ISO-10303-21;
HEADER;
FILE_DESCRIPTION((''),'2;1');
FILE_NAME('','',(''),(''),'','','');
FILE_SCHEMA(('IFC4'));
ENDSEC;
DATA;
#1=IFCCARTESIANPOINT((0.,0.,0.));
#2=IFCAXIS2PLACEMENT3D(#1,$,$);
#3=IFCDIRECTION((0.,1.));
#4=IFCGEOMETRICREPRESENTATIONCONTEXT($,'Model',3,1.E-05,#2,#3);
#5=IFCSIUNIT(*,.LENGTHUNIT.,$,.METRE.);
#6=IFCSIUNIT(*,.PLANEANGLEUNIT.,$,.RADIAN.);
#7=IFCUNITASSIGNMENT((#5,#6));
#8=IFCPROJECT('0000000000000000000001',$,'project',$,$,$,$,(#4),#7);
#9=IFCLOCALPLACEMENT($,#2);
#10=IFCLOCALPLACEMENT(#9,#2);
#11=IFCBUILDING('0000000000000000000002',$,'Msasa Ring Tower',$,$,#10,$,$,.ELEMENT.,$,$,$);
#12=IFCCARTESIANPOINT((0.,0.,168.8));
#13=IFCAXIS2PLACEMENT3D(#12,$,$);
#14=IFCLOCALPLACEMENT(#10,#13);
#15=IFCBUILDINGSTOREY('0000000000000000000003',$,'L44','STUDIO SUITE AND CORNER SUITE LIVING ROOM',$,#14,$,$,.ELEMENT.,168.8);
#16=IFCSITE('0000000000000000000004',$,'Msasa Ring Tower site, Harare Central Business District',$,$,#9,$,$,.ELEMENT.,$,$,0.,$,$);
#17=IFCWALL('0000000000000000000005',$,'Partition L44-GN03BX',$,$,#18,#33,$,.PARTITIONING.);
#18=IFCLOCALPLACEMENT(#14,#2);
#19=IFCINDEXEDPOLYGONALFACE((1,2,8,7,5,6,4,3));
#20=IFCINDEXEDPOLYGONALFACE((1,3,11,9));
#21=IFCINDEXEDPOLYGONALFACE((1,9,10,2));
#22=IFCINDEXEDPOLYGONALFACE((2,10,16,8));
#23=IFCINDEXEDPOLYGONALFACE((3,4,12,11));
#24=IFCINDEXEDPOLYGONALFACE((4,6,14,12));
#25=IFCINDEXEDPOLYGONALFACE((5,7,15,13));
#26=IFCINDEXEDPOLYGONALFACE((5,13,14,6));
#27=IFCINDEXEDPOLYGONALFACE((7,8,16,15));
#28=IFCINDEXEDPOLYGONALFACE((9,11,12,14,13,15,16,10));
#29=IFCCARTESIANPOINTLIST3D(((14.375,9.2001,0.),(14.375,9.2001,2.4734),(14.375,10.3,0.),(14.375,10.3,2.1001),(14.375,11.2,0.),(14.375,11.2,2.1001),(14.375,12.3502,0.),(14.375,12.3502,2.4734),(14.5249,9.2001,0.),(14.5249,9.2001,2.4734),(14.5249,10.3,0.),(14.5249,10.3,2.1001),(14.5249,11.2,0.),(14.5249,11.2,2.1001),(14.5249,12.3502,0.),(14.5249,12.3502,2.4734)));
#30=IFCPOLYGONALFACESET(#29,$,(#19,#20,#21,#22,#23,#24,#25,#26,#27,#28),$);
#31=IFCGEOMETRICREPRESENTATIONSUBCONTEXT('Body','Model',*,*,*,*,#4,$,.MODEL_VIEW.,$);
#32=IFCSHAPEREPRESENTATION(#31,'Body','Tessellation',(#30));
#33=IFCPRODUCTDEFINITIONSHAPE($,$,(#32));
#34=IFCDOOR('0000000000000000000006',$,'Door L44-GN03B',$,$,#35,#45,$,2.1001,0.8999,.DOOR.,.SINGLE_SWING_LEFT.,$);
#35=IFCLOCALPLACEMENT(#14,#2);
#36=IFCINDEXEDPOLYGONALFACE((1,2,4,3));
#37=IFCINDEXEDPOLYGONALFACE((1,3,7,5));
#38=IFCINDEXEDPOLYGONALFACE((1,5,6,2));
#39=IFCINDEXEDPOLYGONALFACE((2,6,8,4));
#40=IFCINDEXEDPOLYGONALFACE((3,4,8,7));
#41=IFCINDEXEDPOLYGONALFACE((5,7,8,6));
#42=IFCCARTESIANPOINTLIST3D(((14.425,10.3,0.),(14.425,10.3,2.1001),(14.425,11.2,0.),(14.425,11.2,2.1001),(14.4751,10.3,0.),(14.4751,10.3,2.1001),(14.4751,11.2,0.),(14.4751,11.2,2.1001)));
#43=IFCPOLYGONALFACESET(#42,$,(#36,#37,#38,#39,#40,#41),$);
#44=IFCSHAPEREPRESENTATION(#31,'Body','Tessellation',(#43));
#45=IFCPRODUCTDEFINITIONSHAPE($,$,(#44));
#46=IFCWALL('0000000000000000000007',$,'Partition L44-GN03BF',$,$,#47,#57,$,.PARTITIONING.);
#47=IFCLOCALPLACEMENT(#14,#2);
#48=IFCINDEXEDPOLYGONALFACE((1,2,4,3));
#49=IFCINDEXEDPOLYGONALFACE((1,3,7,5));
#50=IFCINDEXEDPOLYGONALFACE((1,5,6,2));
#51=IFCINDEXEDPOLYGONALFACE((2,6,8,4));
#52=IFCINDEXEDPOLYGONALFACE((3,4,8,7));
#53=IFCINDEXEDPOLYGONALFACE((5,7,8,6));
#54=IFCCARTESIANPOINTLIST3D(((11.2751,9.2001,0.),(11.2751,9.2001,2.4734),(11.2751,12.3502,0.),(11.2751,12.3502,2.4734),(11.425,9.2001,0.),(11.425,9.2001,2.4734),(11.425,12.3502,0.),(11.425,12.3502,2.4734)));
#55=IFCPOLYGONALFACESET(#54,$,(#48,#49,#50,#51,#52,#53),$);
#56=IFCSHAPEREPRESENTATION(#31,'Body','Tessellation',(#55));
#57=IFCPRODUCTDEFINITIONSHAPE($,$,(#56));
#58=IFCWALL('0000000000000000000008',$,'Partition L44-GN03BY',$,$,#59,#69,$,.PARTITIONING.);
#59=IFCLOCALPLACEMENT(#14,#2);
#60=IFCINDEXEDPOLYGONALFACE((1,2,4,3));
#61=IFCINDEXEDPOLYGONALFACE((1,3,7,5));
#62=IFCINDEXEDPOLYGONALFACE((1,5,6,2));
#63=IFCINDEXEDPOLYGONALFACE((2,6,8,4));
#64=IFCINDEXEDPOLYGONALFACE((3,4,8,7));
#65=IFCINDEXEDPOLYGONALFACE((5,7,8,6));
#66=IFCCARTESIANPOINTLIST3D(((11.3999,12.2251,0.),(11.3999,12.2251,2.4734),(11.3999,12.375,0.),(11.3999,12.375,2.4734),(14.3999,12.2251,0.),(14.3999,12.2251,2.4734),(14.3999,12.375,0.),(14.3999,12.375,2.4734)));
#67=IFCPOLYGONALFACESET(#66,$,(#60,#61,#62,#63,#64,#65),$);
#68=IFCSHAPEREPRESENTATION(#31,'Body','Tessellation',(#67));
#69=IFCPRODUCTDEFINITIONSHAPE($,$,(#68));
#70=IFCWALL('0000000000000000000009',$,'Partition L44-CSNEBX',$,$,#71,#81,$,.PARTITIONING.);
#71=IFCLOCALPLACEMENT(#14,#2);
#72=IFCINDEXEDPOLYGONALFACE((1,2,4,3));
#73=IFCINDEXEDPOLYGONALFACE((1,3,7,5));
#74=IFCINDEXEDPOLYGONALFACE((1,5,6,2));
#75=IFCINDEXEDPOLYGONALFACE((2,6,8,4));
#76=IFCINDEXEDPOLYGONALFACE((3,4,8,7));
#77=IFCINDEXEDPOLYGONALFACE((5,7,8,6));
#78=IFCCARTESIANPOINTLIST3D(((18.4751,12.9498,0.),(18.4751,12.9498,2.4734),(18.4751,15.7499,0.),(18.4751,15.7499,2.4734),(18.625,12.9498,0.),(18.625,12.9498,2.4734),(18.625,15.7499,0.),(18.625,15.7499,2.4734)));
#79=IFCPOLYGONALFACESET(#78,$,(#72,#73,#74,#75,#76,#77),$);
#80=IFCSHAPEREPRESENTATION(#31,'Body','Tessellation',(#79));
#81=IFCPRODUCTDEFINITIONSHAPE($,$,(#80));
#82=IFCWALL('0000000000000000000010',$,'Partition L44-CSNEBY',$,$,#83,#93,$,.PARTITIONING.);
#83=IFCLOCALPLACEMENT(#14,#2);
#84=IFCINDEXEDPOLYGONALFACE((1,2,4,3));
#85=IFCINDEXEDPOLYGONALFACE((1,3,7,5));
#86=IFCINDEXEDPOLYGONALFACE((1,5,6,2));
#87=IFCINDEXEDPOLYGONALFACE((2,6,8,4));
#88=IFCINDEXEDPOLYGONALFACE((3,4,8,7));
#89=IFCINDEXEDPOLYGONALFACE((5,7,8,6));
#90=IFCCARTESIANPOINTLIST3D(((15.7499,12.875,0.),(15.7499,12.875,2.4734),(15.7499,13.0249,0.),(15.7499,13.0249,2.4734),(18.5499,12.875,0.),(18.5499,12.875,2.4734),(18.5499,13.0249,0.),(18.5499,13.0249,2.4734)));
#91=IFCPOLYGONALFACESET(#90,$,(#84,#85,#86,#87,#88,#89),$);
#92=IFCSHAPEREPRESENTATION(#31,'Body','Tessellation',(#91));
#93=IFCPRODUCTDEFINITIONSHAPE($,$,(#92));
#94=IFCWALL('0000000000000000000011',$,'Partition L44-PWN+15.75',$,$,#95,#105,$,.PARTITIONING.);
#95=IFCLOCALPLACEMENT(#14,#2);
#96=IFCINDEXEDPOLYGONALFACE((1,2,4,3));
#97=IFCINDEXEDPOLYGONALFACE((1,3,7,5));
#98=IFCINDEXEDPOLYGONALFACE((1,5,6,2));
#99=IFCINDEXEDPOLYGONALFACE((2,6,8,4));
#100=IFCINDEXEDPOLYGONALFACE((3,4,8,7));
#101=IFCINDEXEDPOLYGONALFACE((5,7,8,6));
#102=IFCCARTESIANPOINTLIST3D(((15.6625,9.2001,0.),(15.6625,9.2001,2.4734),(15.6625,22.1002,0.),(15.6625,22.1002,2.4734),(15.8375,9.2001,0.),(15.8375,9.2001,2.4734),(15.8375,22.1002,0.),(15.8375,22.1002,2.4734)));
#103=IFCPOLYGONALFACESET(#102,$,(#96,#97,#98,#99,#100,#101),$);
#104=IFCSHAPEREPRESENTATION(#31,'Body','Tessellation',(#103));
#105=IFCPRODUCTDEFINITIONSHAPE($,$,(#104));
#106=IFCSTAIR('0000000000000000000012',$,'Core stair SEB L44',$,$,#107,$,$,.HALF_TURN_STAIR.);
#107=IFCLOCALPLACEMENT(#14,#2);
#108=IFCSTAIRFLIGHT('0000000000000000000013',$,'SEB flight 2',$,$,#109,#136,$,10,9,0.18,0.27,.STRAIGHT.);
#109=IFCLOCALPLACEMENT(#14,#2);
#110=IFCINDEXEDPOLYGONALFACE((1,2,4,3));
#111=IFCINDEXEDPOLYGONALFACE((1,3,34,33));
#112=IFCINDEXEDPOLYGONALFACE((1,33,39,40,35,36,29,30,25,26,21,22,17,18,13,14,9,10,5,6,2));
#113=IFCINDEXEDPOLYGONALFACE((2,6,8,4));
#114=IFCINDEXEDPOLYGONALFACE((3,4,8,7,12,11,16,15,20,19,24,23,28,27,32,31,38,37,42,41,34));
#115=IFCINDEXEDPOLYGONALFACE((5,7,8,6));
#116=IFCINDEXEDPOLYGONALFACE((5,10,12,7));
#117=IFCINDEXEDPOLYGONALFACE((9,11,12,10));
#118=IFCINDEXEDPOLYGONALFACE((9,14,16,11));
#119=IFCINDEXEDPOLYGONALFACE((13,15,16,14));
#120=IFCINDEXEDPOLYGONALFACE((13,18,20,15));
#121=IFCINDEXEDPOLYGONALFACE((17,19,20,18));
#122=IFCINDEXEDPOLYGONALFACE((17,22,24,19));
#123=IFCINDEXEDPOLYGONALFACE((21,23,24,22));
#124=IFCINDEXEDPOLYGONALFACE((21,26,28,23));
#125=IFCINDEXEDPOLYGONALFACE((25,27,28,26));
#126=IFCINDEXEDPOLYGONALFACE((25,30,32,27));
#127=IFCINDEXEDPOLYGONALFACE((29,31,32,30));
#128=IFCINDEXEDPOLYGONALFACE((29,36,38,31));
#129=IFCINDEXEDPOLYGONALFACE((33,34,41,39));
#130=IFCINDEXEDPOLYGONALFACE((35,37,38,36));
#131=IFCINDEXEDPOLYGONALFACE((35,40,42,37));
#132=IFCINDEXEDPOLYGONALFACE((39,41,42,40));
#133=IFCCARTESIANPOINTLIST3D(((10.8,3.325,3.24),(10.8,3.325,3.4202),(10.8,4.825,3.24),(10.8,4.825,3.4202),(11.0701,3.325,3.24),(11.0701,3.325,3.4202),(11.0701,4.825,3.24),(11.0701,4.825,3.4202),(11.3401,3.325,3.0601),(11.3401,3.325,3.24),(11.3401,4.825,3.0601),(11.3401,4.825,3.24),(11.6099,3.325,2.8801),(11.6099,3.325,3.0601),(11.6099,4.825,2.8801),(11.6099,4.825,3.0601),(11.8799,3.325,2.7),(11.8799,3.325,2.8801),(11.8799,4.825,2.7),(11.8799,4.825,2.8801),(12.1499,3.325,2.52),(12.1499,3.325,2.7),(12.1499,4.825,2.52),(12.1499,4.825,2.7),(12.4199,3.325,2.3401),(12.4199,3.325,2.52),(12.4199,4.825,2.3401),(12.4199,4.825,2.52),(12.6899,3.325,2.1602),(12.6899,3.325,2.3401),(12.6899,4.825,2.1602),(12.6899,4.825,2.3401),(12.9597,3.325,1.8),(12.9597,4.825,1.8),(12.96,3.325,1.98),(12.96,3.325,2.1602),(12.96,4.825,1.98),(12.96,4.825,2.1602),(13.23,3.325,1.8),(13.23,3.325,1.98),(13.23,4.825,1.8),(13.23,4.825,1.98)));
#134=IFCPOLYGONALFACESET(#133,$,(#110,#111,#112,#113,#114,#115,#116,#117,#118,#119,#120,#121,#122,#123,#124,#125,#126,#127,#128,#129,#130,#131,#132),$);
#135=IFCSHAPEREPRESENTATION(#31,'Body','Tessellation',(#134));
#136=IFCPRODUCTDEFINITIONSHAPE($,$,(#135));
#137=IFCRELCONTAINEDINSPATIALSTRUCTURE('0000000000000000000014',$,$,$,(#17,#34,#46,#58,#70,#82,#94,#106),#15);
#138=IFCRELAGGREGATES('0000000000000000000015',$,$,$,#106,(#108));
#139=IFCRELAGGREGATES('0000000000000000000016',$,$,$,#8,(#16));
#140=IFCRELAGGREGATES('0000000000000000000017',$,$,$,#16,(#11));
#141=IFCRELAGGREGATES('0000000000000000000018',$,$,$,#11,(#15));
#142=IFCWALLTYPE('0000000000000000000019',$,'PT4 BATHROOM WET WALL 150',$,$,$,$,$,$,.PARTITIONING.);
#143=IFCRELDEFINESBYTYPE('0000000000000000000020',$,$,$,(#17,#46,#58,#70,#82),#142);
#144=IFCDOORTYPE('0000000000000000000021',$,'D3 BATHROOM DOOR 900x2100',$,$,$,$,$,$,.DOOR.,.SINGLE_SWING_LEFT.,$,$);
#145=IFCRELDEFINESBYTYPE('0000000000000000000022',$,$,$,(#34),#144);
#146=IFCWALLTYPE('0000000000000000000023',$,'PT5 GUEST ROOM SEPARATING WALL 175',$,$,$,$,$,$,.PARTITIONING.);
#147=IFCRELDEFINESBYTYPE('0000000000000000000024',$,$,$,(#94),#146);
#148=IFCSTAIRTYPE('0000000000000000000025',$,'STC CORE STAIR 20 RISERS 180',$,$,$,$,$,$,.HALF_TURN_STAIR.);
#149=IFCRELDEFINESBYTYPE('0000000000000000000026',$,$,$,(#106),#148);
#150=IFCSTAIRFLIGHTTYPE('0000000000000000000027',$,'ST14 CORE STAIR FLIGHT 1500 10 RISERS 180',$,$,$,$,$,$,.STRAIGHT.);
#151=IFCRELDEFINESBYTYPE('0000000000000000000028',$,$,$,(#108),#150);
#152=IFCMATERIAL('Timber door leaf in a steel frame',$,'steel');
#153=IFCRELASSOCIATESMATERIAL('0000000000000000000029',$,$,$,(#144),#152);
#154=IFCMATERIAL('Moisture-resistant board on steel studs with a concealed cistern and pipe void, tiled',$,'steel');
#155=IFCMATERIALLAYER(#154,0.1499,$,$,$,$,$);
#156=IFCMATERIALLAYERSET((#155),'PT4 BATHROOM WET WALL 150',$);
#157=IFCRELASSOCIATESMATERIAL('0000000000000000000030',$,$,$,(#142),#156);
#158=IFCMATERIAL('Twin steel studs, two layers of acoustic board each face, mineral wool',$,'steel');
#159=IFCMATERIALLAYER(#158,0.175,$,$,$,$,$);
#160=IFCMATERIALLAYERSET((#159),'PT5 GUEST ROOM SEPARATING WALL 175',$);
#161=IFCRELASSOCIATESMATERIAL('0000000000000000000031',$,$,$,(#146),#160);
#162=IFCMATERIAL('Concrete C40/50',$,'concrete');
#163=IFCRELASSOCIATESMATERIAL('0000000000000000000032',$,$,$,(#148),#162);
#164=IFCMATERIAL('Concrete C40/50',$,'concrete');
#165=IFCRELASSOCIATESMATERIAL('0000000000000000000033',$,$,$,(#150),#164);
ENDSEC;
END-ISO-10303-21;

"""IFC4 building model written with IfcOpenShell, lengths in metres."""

from ifc_helpers import new_model, si_unit, direction, frame, frame_2d, origin, place, context, subcontext, project, spatial, polyline, rectangle, outline, extrude, material, layer, layer_set, type_object, element, fill, aggregate, save


model = new_model("IFC4")

# Units and contexts
model_context = context("Model", 3, precision=1e-05, world=origin(), true_north=direction((0.0, 1.0)))
body_context = subcontext(model_context, "Body", "Model", "MODEL_VIEW")
ifc_project = project(units=[si_unit("LENGTHUNIT", "METRE"), si_unit("PLANEANGLEUNIT", "RADIAN")], contexts=[model_context])

# Site, building, storey
site_placement = place(None, origin())
site = spatial("IfcSite", under=ifc_project, at=site_placement, Name="Msasa Ring Tower site, Harare Central Business District", CompositionType="ELEMENT", RefElevation=0.0)
building_placement = place(site_placement, origin())
building = spatial("IfcBuilding", under=site, at=building_placement, Name="Msasa Ring Tower", CompositionType="ELEMENT")
storey_placement = place(building_placement, frame((0.0, 0.0, 168.8)))
storey = spatial("IfcBuildingStorey", under=building, at=storey_placement, Name="L44", Description="STUDIO SUITE AND CORNER SUITE LIVING ROOM", CompositionType="ELEMENT", Elevation=168.8)

# Shared definitions
ifc_material_1 = material(Name="Timber door leaf in a steel frame", Category="steel")
door_type_1 = type_object("IfcDoorType", Name="D3 BATHROOM DOOR 900x2100", OperationType="SINGLE_SWING_LEFT", PredefinedType="DOOR", material=ifc_material_1)

# Wall, opening, door
ifc_material_2 = material(Name="Moisture-resistant board on steel studs with a concealed cistern and pipe void, tiled", Category="steel")
ifc_layer_1 = layer(ifc_material_2, 0.1499)
ifc_layer_set_1 = layer_set([ifc_layer_1], Name="PT4 BATHROOM WET WALL 150")
wall_type_1 = type_object("IfcWallType", Name="PT4 BATHROOM WET WALL 150", PredefinedType="PARTITIONING", material=ifc_layer_set_1)
wall_1_placement = place(storey_placement, frame((14.45, 9.2, 0.0), z_axis=(0.0, 0.0, 1.0), x_axis=(0.0, 1.0, 0.0)))
wall_1 = element("IfcWall", 1, at=wall_1_placement, inside=storey, type_object=wall_type_1, Name="Partition L44-GN03BX", PredefinedType="PARTITIONING", context=body_context, shape_type="SweptSolid", body=[
    extrude(rectangle(XDim=3.1501, YDim=0.1499, at=frame_2d((1.5752, 0.0))), origin(), (0.0, 0.0, 1.0), 2.4734),
])
opening_1_placement = place(wall_1_placement, frame((1.1001, 0.0, 0.0)))
opening_1 = element("IfcOpeningElement", 2, at=opening_1_placement, cuts=wall_1, PredefinedType="OPENING", context=body_context, shape_type="SweptSolid", body=[
    extrude(rectangle(XDim=0.8999, YDim=2.1001, at=frame_2d((0.45, 1.05))), frame((0.0, 0.085, 0.0), z_axis=(0.0, -1.0, 0.0), x_axis=(1.0, 0.0, 0.0)), (0.0, 0.0, 1.0), 0.1699),
])
door_1_placement = place(opening_1_placement, origin())
door_1 = element("IfcDoor", 3, at=door_1_placement, inside=storey, type_object=door_type_1, Name="Door L44-GN03B", OperationType="SINGLE_SWING_LEFT", OverallHeight=2.1001, OverallWidth=0.8999, PredefinedType="DOOR", context=body_context, shape_type="SweptSolid", body=[
    extrude(rectangle(XDim=0.8999, YDim=2.1001, at=frame_2d((0.45, 1.05))), frame((0.0, 0.0249, 0.0), z_axis=(0.0, -1.0, 0.0), x_axis=(1.0, 0.0, 0.0)), (0.0, 0.0, 1.0), 0.05),
])
fill(opening_1, door_1)

# Walls
wall_2_placement = place(storey_placement, frame((11.3501, 9.2, 0.0), z_axis=(0.0, 0.0, 1.0), x_axis=(0.0, 1.0, 0.0)))
element("IfcWall", 4, at=wall_2_placement, inside=storey, type_object=wall_type_1, Name="Partition L44-GN03BF", PredefinedType="PARTITIONING", context=body_context, shape_type="SweptSolid", body=[
    extrude(rectangle(XDim=3.1501, YDim=0.1499, at=frame_2d((1.5752, 0.0))), origin(), (0.0, 0.0, 1.0), 2.4734),
])
wall_3_placement = place(storey_placement, frame((11.3999, 12.3, 0.0), z_axis=(0.0, 0.0, 1.0), x_axis=(1.0, 0.0, 0.0)))
element("IfcWall", 5, at=wall_3_placement, inside=storey, type_object=wall_type_1, Name="Partition L44-GN03BY", PredefinedType="PARTITIONING", context=body_context, shape_type="SweptSolid", body=[
    extrude(rectangle(XDim=3.0, YDim=0.1499, at=frame_2d((1.5, 0.0))), origin(), (0.0, 0.0, 1.0), 2.4734),
])
for number, where, z_axis, x_axis, name in (
    (6, (18.55, 12.95, 0.0), (0.0, 0.0, 1.0), (0.0, 1.0, 0.0), "Partition L44-CSNEBX"),
    (7, (15.75, 12.95, 0.0), (0.0, 0.0, 1.0), (1.0, 0.0, 0.0), "Partition L44-CSNEBY"),
):
    element("IfcWall", number, at=place(storey_placement, frame(where, z_axis=z_axis, x_axis=x_axis)), inside=storey, type_object=wall_type_1, Name=name, PredefinedType="PARTITIONING", context=body_context, shape_type="SweptSolid", body=[
        extrude(rectangle(XDim=2.8, YDim=0.1499, at=frame_2d((1.3999, 0.0))), origin(), (0.0, 0.0, 1.0), 2.4734),
    ])
ifc_material_3 = material(Name="Twin steel studs, two layers of acoustic board each face, mineral wool", Category="steel")
ifc_layer_2 = layer(ifc_material_3, 0.175)
ifc_layer_set_2 = layer_set([ifc_layer_2], Name="PT5 GUEST ROOM SEPARATING WALL 175")
wall_type_2 = type_object("IfcWallType", Name="PT5 GUEST ROOM SEPARATING WALL 175", PredefinedType="PARTITIONING", material=ifc_layer_set_2)
wall_4_placement = place(storey_placement, frame((15.75, 9.2, 0.0), z_axis=(0.0, 0.0, 1.0), x_axis=(0.0, 1.0, 0.0)))
element("IfcWall", 8, at=wall_4_placement, inside=storey, type_object=wall_type_2, Name="Partition L44-PWN+15.75", PredefinedType="PARTITIONING", context=body_context, shape_type="SweptSolid", body=[
    extrude(rectangle(XDim=12.9001, YDim=0.175, at=frame_2d((6.4502, 0.0))), origin(), (0.0, 0.0, 1.0), 2.4734),
])

# Stair, stair flight
ifc_material_4 = material(Name="Concrete C40/50", Category="concrete")
stair_type = type_object("IfcStairType", Name="STC CORE STAIR 20 RISERS 180", PredefinedType="HALF_TURN_STAIR", material=ifc_material_4)
stair_placement = place(storey_placement, origin())
stair = element("IfcStair", 9, at=stair_placement, inside=storey, type_object=stair_type, Name="Core stair SEB L44", PredefinedType="HALF_TURN_STAIR")
ifc_material_5 = material(Name="Concrete C40/50", Category="concrete")
stair_flight_type = type_object("IfcStairFlightType", Name="ST14 CORE STAIR FLIGHT 1500 10 RISERS 180", PredefinedType="STRAIGHT", material=ifc_material_5)
stair_flight_placement = place(storey_placement, frame((13.23, 4.075, 1.8), z_axis=(0.0, 0.0, 1.0), x_axis=(-1.0, 0.0, 0.0)))
stair_flight = element("IfcStairFlight", 10, at=stair_flight_placement, type_object=stair_flight_type, Name="SEB flight 2", NumberOfRisers=10, NumberOfTreads=9, PredefinedType="STRAIGHT", RiserHeight=0.18, TreadLength=0.27, context=body_context, shape_type="SweptSolid", body=[
    extrude(outline(polyline([(0.0, 0.0), (0.0, 0.1799), (0.27, 0.1799), (0.27, 0.3601), (0.54, 0.3601), (0.54, 0.54), (0.8101, 0.54), (0.8101, 0.72), (1.0801, 0.72), (1.0801, 0.8999), (1.3501, 0.8999), (1.3501, 1.0801), (1.6201, 1.0801), (1.6201, 1.26), (1.8899, 1.26), (1.8899, 1.4399), (2.1599, 1.4399), (2.1599, 1.6201), (2.4299, 1.6201), (2.4299, 1.8), (2.4299, 1.4399), (0.2703, 0.0), (0.0, 0.0)])), frame((0.0, 0.75, 0.0), z_axis=(0.0, -1.0, 0.0), x_axis=(1.0, 0.0, 0.0)), (0.0, 0.0, 1.0), 1.5),
])
aggregate(stair, [stair_flight])

save(model, "model.ifc")
